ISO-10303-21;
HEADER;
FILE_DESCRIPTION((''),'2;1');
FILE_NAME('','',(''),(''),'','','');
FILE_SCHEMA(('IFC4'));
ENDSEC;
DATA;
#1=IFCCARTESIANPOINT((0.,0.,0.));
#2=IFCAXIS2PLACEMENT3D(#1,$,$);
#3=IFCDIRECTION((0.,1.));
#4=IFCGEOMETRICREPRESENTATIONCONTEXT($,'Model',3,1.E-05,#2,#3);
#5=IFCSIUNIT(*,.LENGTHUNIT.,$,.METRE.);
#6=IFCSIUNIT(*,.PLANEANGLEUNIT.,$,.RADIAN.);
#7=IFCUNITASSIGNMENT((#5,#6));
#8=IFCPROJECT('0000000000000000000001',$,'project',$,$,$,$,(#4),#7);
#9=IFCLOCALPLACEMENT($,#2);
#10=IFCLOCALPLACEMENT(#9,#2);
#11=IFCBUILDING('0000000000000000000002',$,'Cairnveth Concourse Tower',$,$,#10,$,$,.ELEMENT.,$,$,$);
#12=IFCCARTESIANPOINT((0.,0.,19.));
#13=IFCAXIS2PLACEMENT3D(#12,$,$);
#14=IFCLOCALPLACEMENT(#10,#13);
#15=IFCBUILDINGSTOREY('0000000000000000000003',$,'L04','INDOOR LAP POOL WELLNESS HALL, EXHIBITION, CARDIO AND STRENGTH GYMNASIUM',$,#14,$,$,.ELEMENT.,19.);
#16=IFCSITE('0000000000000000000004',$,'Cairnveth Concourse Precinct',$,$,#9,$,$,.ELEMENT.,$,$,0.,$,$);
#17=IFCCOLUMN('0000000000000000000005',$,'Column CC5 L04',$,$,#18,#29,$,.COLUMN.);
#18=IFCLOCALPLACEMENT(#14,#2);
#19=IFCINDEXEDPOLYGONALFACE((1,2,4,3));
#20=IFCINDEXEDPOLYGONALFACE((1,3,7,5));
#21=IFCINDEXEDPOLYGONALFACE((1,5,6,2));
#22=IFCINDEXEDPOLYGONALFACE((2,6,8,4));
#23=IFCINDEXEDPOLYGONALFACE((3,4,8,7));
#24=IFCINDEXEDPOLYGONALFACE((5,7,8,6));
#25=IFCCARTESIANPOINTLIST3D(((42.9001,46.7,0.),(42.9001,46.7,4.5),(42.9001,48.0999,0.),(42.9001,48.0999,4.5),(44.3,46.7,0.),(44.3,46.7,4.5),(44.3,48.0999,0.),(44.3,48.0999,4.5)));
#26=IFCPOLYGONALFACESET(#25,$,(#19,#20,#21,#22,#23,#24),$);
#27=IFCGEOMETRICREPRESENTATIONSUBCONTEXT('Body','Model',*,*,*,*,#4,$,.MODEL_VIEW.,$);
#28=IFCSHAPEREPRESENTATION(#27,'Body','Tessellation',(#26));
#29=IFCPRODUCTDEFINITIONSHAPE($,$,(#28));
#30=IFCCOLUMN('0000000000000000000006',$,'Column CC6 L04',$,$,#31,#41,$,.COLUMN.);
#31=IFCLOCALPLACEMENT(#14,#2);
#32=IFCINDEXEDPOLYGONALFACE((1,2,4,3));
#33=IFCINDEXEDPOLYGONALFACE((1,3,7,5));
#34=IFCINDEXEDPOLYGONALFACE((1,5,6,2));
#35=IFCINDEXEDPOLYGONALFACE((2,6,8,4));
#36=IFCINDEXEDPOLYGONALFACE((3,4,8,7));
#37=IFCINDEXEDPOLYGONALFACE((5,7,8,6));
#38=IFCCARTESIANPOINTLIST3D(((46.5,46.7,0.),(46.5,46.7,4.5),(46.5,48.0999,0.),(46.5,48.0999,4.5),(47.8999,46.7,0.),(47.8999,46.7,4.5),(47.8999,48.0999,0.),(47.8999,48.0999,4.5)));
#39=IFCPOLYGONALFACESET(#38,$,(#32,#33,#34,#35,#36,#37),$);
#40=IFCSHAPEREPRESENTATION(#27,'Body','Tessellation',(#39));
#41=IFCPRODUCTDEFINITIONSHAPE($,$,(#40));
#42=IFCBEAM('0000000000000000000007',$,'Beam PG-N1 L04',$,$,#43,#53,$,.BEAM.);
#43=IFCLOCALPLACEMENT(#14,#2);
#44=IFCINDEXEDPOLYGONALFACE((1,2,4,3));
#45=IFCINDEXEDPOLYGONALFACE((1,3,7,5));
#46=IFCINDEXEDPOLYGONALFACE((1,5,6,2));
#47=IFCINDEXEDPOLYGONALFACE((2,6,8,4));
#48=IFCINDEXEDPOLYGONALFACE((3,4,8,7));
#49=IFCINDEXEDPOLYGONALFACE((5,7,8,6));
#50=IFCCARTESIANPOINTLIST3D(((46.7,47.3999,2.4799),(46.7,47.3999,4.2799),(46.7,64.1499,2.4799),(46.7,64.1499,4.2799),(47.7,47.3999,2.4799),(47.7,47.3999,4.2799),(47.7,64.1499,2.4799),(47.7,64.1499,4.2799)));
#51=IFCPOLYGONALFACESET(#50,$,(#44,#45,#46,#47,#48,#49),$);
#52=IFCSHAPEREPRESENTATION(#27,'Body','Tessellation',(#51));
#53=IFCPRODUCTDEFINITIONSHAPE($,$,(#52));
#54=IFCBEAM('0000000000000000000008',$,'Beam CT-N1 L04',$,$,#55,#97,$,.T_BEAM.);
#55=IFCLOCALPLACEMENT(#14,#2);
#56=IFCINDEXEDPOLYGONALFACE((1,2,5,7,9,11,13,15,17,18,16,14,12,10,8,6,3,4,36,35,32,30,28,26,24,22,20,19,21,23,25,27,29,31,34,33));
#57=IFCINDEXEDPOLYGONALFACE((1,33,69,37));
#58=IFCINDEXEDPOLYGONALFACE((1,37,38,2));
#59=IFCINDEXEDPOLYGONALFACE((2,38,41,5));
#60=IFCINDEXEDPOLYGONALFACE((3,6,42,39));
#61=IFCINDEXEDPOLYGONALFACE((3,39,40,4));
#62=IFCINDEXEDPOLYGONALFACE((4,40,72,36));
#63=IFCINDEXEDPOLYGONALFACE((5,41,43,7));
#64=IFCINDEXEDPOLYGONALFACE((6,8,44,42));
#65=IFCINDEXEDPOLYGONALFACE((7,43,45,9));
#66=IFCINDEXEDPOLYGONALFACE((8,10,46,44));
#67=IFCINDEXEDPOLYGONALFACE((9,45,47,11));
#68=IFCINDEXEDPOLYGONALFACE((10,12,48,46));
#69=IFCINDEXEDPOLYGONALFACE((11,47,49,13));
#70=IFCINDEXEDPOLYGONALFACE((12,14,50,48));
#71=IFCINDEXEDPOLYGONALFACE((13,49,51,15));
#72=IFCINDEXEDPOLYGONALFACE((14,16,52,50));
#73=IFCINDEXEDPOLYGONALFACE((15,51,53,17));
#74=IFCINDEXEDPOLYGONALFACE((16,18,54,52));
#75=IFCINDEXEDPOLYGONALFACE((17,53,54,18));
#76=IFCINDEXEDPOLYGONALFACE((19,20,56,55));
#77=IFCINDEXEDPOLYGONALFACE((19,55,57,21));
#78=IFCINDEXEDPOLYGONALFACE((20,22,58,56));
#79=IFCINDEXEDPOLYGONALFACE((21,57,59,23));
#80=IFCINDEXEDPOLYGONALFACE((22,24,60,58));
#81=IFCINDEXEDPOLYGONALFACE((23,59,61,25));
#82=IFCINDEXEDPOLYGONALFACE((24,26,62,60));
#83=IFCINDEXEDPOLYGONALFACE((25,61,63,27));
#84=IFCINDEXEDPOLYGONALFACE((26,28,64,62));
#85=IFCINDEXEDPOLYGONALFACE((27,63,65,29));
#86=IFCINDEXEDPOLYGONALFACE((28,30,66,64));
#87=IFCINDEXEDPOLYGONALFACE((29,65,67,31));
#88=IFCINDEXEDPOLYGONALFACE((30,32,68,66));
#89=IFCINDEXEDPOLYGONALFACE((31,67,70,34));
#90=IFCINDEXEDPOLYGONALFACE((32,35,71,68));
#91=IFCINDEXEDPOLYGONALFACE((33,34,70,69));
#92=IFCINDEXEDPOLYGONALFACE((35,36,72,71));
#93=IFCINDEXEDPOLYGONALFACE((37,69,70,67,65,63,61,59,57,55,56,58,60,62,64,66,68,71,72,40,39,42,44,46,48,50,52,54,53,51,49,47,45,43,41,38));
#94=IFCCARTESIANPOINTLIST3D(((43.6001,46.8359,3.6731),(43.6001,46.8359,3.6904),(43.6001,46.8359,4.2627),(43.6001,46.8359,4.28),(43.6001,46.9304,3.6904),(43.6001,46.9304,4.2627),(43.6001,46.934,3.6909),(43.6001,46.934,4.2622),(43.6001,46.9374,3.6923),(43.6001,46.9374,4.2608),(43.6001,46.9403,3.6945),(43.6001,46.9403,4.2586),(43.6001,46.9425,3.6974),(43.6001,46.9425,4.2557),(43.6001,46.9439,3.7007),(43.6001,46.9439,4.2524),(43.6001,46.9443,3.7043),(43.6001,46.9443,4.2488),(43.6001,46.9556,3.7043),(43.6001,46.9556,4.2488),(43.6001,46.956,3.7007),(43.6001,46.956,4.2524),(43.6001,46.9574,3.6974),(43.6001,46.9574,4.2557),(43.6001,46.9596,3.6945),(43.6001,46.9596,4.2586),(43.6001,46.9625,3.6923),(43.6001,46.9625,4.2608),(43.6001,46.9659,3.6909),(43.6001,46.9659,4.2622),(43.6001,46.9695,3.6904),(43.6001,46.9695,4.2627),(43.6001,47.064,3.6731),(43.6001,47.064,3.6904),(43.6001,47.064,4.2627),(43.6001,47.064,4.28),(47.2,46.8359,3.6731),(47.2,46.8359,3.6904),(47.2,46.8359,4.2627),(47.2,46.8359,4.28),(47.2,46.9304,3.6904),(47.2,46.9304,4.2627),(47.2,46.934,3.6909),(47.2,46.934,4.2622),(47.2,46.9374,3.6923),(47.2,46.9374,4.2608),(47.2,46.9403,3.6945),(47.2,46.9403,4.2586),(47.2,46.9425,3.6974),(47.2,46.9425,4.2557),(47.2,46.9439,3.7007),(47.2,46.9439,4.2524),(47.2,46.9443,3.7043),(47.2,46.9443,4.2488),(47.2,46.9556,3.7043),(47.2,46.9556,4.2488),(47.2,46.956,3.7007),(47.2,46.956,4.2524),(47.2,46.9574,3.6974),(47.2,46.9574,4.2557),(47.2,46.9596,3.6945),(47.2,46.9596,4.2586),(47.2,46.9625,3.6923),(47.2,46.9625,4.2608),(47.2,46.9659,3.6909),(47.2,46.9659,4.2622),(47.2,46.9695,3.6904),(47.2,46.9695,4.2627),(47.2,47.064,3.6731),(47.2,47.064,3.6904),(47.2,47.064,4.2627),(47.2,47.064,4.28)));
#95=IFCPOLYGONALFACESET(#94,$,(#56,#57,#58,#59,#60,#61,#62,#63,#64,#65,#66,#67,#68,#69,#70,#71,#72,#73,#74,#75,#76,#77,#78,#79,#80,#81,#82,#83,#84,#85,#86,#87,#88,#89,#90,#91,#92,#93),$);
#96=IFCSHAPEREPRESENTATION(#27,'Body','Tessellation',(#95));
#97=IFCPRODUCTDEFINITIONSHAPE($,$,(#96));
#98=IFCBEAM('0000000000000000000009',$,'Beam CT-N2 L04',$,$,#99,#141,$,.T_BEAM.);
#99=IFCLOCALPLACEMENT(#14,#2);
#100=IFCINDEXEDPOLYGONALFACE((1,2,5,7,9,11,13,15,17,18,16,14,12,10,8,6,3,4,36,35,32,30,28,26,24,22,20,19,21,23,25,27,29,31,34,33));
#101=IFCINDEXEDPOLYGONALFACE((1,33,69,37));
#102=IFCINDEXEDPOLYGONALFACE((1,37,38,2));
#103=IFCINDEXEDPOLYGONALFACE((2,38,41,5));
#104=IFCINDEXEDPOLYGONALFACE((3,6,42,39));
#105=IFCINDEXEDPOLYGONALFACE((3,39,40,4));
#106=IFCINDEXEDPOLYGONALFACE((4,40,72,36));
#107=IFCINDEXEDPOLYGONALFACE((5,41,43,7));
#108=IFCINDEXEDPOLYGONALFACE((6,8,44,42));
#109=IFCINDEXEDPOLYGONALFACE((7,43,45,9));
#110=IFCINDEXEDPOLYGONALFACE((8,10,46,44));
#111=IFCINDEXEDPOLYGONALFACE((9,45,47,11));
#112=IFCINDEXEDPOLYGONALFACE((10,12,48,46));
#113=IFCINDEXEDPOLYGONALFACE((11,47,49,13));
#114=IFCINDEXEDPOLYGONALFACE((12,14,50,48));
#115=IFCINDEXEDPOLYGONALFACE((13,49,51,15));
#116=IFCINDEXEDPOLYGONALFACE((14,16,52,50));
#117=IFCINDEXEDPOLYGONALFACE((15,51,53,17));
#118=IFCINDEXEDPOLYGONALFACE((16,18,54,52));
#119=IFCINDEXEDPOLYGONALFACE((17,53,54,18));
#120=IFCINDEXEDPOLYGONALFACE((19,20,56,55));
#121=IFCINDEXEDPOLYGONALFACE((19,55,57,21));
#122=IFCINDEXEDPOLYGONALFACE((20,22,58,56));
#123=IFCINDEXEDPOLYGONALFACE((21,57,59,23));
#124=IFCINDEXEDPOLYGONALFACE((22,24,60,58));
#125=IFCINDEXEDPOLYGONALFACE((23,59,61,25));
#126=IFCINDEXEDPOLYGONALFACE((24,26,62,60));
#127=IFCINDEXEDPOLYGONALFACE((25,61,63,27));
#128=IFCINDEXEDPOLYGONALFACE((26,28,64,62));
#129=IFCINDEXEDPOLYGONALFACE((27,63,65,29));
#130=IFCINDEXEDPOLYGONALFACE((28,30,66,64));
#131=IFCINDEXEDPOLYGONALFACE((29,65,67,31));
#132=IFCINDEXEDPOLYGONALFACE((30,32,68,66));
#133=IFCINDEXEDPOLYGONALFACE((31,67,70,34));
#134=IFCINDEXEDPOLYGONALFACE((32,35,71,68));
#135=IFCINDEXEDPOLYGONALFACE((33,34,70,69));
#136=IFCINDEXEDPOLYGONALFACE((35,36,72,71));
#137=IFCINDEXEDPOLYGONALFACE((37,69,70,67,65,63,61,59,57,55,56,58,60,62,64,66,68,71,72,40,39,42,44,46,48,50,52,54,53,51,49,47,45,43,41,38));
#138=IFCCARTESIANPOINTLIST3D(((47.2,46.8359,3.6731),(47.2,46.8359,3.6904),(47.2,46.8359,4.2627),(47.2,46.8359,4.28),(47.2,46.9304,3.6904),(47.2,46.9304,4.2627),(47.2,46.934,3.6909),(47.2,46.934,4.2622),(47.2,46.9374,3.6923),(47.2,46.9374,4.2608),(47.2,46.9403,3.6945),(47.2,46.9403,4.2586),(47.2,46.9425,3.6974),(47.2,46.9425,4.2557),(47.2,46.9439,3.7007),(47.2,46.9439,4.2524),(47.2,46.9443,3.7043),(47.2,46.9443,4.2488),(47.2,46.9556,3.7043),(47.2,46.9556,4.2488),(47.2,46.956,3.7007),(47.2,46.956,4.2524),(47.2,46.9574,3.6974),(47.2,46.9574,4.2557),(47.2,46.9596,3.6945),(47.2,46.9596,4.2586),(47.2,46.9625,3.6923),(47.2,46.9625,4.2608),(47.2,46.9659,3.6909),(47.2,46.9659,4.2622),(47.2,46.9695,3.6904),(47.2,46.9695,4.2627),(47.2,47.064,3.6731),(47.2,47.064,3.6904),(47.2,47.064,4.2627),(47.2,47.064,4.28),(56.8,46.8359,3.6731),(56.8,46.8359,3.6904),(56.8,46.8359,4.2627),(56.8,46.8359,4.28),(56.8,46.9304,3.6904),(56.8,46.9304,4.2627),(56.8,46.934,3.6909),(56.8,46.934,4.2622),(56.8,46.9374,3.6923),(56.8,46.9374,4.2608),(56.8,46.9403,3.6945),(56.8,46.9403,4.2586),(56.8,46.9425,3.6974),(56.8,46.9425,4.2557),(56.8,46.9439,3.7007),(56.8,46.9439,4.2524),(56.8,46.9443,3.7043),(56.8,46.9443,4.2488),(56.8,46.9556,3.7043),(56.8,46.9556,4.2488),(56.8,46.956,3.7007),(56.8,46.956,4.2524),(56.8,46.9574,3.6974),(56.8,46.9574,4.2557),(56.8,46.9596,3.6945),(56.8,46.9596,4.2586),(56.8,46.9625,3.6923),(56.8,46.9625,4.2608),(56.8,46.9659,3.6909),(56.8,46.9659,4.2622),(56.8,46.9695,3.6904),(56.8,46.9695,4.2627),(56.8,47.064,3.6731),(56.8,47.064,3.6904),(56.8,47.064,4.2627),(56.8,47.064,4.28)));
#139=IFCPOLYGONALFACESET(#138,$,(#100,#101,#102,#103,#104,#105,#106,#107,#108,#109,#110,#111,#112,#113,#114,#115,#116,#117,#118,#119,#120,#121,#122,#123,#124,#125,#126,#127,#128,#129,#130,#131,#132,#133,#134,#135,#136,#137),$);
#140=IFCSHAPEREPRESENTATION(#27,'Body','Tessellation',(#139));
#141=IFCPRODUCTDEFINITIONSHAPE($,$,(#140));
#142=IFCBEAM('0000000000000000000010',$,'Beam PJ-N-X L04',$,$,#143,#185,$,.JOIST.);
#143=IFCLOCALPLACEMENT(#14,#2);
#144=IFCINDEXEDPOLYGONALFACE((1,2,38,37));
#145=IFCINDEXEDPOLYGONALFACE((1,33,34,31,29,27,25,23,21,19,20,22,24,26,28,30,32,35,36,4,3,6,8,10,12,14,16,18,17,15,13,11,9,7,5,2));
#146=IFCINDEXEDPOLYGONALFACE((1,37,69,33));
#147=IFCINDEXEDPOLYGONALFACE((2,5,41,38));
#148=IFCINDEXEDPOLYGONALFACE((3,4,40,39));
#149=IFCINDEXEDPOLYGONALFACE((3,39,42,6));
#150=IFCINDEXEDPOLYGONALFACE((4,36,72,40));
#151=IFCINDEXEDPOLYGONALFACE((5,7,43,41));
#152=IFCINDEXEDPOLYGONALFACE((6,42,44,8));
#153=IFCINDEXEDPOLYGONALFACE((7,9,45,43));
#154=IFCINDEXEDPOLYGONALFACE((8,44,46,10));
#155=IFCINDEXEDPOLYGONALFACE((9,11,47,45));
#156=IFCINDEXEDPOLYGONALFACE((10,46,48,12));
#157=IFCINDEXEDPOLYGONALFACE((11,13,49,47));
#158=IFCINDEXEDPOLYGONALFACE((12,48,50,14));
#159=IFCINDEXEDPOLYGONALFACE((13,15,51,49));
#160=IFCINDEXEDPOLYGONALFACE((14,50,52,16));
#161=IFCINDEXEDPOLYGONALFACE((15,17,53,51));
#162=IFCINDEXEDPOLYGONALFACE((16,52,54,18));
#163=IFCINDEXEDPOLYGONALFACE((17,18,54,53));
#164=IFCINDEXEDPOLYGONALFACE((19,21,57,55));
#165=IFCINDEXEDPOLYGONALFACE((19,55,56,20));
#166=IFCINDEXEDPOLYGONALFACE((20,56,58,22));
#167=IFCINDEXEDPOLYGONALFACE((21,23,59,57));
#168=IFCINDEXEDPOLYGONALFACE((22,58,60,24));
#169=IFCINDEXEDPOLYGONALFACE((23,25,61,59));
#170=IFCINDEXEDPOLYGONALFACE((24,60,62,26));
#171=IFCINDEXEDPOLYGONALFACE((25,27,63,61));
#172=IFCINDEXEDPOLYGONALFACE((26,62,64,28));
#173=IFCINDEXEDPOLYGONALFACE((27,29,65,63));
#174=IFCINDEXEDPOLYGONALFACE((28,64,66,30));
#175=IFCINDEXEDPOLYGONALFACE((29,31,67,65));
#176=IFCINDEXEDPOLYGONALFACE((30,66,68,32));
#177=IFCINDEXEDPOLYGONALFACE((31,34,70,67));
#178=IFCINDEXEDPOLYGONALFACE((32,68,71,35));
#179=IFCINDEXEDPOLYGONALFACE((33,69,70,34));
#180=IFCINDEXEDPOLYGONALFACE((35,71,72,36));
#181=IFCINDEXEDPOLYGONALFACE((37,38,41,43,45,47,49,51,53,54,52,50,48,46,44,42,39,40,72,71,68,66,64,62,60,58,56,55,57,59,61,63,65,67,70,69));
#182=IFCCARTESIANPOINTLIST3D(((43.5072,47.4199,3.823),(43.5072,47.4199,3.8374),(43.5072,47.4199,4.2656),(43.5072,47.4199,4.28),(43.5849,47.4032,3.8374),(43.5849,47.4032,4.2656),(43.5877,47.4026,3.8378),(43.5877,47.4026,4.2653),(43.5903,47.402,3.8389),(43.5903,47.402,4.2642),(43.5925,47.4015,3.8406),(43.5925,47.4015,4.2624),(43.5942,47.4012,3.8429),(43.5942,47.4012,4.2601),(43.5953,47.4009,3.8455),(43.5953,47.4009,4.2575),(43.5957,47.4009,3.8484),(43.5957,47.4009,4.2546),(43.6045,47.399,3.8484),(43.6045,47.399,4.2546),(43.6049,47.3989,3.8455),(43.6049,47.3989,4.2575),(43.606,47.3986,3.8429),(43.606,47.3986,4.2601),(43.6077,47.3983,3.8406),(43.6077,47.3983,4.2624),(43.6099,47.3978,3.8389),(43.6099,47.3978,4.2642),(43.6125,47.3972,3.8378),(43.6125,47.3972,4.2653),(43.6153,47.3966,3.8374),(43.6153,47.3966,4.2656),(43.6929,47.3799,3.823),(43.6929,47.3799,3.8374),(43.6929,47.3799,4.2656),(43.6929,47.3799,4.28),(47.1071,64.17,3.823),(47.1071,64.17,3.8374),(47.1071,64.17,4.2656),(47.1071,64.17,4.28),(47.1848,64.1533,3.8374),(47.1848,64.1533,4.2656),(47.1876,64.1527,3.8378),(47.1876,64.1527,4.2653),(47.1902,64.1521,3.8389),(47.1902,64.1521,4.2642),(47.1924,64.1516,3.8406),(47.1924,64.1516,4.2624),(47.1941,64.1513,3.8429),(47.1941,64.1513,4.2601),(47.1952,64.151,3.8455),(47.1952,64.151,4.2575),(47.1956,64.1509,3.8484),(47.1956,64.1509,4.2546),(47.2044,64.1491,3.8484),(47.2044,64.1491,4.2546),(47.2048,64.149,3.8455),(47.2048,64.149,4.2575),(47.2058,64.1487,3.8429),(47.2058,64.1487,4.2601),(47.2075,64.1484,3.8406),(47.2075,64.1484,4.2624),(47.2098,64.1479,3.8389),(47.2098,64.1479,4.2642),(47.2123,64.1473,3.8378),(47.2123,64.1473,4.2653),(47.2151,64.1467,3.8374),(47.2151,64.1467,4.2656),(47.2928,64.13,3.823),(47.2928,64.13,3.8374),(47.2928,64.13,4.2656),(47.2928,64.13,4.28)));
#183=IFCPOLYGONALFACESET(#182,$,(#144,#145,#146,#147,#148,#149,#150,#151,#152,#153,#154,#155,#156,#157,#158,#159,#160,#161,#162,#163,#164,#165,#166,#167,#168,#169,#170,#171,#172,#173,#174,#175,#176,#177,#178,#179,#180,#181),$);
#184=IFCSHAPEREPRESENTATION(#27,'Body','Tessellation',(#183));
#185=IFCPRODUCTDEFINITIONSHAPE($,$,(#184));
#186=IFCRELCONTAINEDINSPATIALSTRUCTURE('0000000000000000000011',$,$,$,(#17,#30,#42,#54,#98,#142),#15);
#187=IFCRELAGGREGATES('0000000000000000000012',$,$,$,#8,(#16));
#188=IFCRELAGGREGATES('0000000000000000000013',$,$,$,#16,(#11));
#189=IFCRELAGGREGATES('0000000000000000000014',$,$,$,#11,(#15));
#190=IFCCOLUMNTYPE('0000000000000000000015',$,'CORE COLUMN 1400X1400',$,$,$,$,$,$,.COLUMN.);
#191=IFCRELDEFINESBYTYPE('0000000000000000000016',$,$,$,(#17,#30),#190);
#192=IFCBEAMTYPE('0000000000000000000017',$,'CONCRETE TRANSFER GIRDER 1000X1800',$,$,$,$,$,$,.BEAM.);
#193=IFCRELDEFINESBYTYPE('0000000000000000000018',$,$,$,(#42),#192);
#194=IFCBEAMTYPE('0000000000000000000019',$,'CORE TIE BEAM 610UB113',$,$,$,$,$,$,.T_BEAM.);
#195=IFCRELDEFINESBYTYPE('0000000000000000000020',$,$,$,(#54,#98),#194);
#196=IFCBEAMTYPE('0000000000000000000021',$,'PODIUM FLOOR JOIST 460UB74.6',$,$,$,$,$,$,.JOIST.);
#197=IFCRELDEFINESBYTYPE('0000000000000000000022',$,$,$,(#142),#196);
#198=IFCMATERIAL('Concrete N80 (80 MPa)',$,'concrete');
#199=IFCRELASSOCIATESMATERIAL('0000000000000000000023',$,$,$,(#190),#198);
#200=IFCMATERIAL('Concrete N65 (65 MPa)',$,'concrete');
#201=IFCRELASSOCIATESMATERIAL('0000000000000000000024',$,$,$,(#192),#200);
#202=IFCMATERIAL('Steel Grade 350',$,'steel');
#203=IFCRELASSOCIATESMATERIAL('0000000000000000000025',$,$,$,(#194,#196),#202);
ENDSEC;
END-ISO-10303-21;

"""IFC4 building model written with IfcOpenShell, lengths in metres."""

from ifc_helpers import new_model, si_unit, direction, frame, origin, origin_2d, place, context, subcontext, project, spatial, rectangle, i_section, extrude, material, material_profile, profile_set, type_object, element, save


model = new_model("IFC4")

# Units and contexts
model_context = context("Model", 3, precision=1e-05, world=origin(), true_north=direction((0.0, 1.0)))
body_context = subcontext(model_context, "Body", "Model", "MODEL_VIEW")
ifc_project = project(units=[si_unit("LENGTHUNIT", "METRE"), si_unit("PLANEANGLEUNIT", "RADIAN")], contexts=[model_context])

# Site, building, storey
site_placement = place(None, origin())
site = spatial("IfcSite", under=ifc_project, at=site_placement, Name="Cairnveth Concourse Precinct", CompositionType="ELEMENT", RefElevation=0.0)
building_placement = place(site_placement, origin())
building = spatial("IfcBuilding", under=site, at=building_placement, Name="Cairnveth Concourse Tower", CompositionType="ELEMENT")
storey_placement = place(building_placement, frame((0.0, 0.0, 19.0)))
storey = spatial("IfcBuildingStorey", under=building, at=storey_placement, Name="L04", Description="INDOOR LAP POOL WELLNESS HALL, EXHIBITION, CARDIO AND STRENGTH GYMNASIUM", CompositionType="ELEMENT", Elevation=19.0)

# Columns
ifc_material_1 = material(Name="Concrete N80 (80 MPa)", Category="concrete")
ifc_material_profile_1 = material_profile(ifc_material_1, rectangle(XDim=1.3999, YDim=1.3999, at=origin_2d()), Name="RC-COL-1400x1400")
ifc_profile_set_1 = profile_set([ifc_material_profile_1], Name="Concrete N80 (80 MPa)")
column_type = type_object("IfcColumnType", Name="CORE COLUMN 1400X1400", PredefinedType="COLUMN", material=ifc_profile_set_1)
for number, where, z_axis, x_axis, name in (
    (1, (43.6001, 47.3999, 0.0), (0.0, 0.0, 1.0), (1.0, 0.0, 0.0), "Column CC5 L04"),
    (2, (47.2, 47.3999, 0.0), (0.0, 0.0, 1.0), (1.0, 0.0, 0.0), "Column CC6 L04"),
):
    element("IfcColumn", number, at=place(storey_placement, frame(where, z_axis=z_axis, x_axis=x_axis)), inside=storey, type_object=column_type, Name=name, PredefinedType="COLUMN", context=body_context, shape_type="SweptSolid", body=[
        extrude(rectangle(XDim=1.3999, YDim=1.3999, at=origin_2d()), origin(), (0.0, 0.0, 1.0), 4.5),
    ])

# Beams
ifc_material_2 = material(Name="Concrete N65 (65 MPa)", Category="concrete")
ifc_material_profile_2 = material_profile(ifc_material_2, rectangle(XDim=1.0, YDim=1.8, at=origin_2d()), Name="RC-TB-1000x1800")
ifc_profile_set_2 = profile_set([ifc_material_profile_2], Name="Concrete N65 (65 MPa)")
beam_type_1 = type_object("IfcBeamType", Name="CONCRETE TRANSFER GIRDER 1000X1800", PredefinedType="BEAM", material=ifc_profile_set_2)
beam_1_placement = place(storey_placement, frame((47.2, 47.3999, 3.3799), z_axis=(0.0, 1.0, 0.0), x_axis=(-1.0, 0.0, 0.0)))
element("IfcBeam", 3, at=beam_1_placement, inside=storey, type_object=beam_type_1, Name="Beam PG-N1 L04", PredefinedType="BEAM", context=body_context, shape_type="SweptSolid", body=[
    extrude(rectangle(XDim=1.0, YDim=1.8, at=origin_2d()), origin(), (0.0, 0.0, 1.0), 16.75),
])
ifc_material_3 = material(Name="Steel Grade 350", Category="steel")
ifc_material_profile_3 = material_profile(ifc_material_3, i_section(OverallWidth=0.228, OverallDepth=0.6069, WebThickness=0.0112, FlangeThickness=0.0173, FilletRadius=0.0139, at=origin_2d()), Name="610UB113")
ifc_profile_set_3 = profile_set([ifc_material_profile_3], Name="Steel Grade 350")
beam_type_2 = type_object("IfcBeamType", Name="CORE TIE BEAM 610UB113", PredefinedType="T_BEAM", material=ifc_profile_set_3)
beam_2_placement = place(storey_placement, frame((43.6001, 46.95, 3.9766), z_axis=(1.0, 0.0, 0.0), x_axis=(0.0, 1.0, 0.0)))
element("IfcBeam", 4, at=beam_2_placement, inside=storey, type_object=beam_type_2, Name="Beam CT-N1 L04", PredefinedType="T_BEAM", context=body_context, shape_type="SweptSolid", body=[
    extrude(i_section(OverallWidth=0.228, OverallDepth=0.6069, WebThickness=0.0112, FlangeThickness=0.0173, FilletRadius=0.0139, at=origin_2d()), origin(), (0.0, 0.0, 1.0), 3.5999),
])
beam_3_placement = place(storey_placement, frame((47.2, 46.95, 3.9766), z_axis=(1.0, 0.0, 0.0), x_axis=(0.0, 1.0, 0.0)))
element("IfcBeam", 5, at=beam_3_placement, inside=storey, type_object=beam_type_2, Name="Beam CT-N2 L04", PredefinedType="T_BEAM", context=body_context, shape_type="SweptSolid", body=[
    extrude(i_section(OverallWidth=0.228, OverallDepth=0.6069, WebThickness=0.0112, FlangeThickness=0.0173, FilletRadius=0.0139, at=origin_2d()), origin(), (0.0, 0.0, 1.0), 9.6001),
])
ifc_material_profile_4 = material_profile(ifc_material_3, i_section(OverallWidth=0.1899, OverallDepth=0.457, WebThickness=0.009, FlangeThickness=0.0144, FilletRadius=0.011, at=origin_2d()), Name="460UB74.6")
ifc_profile_set_4 = profile_set([ifc_material_profile_4], Name="Steel Grade 350")
beam_type_3 = type_object("IfcBeamType", Name="PODIUM FLOOR JOIST 460UB74.6", PredefinedType="JOIST", material=ifc_profile_set_4)
beam_4_placement = place(storey_placement, frame((43.6001, 47.3999, 4.0515), z_axis=(0.210119, 0.977676, 0.0), x_axis=(-0.977676, 0.210119, 0.0)))
element("IfcBeam", 6, at=beam_4_placement, inside=storey, type_object=beam_type_3, Name="Beam PJ-N-X L04", PredefinedType="JOIST", context=body_context, shape_type="SweptSolid", body=[
    extrude(i_section(OverallWidth=0.1899, OverallDepth=0.457, WebThickness=0.009, FlangeThickness=0.0144, FilletRadius=0.011, at=origin_2d()), origin(), (0.0, 0.0, 1.0), 17.1326),
])

save(model, "model.ifc")
